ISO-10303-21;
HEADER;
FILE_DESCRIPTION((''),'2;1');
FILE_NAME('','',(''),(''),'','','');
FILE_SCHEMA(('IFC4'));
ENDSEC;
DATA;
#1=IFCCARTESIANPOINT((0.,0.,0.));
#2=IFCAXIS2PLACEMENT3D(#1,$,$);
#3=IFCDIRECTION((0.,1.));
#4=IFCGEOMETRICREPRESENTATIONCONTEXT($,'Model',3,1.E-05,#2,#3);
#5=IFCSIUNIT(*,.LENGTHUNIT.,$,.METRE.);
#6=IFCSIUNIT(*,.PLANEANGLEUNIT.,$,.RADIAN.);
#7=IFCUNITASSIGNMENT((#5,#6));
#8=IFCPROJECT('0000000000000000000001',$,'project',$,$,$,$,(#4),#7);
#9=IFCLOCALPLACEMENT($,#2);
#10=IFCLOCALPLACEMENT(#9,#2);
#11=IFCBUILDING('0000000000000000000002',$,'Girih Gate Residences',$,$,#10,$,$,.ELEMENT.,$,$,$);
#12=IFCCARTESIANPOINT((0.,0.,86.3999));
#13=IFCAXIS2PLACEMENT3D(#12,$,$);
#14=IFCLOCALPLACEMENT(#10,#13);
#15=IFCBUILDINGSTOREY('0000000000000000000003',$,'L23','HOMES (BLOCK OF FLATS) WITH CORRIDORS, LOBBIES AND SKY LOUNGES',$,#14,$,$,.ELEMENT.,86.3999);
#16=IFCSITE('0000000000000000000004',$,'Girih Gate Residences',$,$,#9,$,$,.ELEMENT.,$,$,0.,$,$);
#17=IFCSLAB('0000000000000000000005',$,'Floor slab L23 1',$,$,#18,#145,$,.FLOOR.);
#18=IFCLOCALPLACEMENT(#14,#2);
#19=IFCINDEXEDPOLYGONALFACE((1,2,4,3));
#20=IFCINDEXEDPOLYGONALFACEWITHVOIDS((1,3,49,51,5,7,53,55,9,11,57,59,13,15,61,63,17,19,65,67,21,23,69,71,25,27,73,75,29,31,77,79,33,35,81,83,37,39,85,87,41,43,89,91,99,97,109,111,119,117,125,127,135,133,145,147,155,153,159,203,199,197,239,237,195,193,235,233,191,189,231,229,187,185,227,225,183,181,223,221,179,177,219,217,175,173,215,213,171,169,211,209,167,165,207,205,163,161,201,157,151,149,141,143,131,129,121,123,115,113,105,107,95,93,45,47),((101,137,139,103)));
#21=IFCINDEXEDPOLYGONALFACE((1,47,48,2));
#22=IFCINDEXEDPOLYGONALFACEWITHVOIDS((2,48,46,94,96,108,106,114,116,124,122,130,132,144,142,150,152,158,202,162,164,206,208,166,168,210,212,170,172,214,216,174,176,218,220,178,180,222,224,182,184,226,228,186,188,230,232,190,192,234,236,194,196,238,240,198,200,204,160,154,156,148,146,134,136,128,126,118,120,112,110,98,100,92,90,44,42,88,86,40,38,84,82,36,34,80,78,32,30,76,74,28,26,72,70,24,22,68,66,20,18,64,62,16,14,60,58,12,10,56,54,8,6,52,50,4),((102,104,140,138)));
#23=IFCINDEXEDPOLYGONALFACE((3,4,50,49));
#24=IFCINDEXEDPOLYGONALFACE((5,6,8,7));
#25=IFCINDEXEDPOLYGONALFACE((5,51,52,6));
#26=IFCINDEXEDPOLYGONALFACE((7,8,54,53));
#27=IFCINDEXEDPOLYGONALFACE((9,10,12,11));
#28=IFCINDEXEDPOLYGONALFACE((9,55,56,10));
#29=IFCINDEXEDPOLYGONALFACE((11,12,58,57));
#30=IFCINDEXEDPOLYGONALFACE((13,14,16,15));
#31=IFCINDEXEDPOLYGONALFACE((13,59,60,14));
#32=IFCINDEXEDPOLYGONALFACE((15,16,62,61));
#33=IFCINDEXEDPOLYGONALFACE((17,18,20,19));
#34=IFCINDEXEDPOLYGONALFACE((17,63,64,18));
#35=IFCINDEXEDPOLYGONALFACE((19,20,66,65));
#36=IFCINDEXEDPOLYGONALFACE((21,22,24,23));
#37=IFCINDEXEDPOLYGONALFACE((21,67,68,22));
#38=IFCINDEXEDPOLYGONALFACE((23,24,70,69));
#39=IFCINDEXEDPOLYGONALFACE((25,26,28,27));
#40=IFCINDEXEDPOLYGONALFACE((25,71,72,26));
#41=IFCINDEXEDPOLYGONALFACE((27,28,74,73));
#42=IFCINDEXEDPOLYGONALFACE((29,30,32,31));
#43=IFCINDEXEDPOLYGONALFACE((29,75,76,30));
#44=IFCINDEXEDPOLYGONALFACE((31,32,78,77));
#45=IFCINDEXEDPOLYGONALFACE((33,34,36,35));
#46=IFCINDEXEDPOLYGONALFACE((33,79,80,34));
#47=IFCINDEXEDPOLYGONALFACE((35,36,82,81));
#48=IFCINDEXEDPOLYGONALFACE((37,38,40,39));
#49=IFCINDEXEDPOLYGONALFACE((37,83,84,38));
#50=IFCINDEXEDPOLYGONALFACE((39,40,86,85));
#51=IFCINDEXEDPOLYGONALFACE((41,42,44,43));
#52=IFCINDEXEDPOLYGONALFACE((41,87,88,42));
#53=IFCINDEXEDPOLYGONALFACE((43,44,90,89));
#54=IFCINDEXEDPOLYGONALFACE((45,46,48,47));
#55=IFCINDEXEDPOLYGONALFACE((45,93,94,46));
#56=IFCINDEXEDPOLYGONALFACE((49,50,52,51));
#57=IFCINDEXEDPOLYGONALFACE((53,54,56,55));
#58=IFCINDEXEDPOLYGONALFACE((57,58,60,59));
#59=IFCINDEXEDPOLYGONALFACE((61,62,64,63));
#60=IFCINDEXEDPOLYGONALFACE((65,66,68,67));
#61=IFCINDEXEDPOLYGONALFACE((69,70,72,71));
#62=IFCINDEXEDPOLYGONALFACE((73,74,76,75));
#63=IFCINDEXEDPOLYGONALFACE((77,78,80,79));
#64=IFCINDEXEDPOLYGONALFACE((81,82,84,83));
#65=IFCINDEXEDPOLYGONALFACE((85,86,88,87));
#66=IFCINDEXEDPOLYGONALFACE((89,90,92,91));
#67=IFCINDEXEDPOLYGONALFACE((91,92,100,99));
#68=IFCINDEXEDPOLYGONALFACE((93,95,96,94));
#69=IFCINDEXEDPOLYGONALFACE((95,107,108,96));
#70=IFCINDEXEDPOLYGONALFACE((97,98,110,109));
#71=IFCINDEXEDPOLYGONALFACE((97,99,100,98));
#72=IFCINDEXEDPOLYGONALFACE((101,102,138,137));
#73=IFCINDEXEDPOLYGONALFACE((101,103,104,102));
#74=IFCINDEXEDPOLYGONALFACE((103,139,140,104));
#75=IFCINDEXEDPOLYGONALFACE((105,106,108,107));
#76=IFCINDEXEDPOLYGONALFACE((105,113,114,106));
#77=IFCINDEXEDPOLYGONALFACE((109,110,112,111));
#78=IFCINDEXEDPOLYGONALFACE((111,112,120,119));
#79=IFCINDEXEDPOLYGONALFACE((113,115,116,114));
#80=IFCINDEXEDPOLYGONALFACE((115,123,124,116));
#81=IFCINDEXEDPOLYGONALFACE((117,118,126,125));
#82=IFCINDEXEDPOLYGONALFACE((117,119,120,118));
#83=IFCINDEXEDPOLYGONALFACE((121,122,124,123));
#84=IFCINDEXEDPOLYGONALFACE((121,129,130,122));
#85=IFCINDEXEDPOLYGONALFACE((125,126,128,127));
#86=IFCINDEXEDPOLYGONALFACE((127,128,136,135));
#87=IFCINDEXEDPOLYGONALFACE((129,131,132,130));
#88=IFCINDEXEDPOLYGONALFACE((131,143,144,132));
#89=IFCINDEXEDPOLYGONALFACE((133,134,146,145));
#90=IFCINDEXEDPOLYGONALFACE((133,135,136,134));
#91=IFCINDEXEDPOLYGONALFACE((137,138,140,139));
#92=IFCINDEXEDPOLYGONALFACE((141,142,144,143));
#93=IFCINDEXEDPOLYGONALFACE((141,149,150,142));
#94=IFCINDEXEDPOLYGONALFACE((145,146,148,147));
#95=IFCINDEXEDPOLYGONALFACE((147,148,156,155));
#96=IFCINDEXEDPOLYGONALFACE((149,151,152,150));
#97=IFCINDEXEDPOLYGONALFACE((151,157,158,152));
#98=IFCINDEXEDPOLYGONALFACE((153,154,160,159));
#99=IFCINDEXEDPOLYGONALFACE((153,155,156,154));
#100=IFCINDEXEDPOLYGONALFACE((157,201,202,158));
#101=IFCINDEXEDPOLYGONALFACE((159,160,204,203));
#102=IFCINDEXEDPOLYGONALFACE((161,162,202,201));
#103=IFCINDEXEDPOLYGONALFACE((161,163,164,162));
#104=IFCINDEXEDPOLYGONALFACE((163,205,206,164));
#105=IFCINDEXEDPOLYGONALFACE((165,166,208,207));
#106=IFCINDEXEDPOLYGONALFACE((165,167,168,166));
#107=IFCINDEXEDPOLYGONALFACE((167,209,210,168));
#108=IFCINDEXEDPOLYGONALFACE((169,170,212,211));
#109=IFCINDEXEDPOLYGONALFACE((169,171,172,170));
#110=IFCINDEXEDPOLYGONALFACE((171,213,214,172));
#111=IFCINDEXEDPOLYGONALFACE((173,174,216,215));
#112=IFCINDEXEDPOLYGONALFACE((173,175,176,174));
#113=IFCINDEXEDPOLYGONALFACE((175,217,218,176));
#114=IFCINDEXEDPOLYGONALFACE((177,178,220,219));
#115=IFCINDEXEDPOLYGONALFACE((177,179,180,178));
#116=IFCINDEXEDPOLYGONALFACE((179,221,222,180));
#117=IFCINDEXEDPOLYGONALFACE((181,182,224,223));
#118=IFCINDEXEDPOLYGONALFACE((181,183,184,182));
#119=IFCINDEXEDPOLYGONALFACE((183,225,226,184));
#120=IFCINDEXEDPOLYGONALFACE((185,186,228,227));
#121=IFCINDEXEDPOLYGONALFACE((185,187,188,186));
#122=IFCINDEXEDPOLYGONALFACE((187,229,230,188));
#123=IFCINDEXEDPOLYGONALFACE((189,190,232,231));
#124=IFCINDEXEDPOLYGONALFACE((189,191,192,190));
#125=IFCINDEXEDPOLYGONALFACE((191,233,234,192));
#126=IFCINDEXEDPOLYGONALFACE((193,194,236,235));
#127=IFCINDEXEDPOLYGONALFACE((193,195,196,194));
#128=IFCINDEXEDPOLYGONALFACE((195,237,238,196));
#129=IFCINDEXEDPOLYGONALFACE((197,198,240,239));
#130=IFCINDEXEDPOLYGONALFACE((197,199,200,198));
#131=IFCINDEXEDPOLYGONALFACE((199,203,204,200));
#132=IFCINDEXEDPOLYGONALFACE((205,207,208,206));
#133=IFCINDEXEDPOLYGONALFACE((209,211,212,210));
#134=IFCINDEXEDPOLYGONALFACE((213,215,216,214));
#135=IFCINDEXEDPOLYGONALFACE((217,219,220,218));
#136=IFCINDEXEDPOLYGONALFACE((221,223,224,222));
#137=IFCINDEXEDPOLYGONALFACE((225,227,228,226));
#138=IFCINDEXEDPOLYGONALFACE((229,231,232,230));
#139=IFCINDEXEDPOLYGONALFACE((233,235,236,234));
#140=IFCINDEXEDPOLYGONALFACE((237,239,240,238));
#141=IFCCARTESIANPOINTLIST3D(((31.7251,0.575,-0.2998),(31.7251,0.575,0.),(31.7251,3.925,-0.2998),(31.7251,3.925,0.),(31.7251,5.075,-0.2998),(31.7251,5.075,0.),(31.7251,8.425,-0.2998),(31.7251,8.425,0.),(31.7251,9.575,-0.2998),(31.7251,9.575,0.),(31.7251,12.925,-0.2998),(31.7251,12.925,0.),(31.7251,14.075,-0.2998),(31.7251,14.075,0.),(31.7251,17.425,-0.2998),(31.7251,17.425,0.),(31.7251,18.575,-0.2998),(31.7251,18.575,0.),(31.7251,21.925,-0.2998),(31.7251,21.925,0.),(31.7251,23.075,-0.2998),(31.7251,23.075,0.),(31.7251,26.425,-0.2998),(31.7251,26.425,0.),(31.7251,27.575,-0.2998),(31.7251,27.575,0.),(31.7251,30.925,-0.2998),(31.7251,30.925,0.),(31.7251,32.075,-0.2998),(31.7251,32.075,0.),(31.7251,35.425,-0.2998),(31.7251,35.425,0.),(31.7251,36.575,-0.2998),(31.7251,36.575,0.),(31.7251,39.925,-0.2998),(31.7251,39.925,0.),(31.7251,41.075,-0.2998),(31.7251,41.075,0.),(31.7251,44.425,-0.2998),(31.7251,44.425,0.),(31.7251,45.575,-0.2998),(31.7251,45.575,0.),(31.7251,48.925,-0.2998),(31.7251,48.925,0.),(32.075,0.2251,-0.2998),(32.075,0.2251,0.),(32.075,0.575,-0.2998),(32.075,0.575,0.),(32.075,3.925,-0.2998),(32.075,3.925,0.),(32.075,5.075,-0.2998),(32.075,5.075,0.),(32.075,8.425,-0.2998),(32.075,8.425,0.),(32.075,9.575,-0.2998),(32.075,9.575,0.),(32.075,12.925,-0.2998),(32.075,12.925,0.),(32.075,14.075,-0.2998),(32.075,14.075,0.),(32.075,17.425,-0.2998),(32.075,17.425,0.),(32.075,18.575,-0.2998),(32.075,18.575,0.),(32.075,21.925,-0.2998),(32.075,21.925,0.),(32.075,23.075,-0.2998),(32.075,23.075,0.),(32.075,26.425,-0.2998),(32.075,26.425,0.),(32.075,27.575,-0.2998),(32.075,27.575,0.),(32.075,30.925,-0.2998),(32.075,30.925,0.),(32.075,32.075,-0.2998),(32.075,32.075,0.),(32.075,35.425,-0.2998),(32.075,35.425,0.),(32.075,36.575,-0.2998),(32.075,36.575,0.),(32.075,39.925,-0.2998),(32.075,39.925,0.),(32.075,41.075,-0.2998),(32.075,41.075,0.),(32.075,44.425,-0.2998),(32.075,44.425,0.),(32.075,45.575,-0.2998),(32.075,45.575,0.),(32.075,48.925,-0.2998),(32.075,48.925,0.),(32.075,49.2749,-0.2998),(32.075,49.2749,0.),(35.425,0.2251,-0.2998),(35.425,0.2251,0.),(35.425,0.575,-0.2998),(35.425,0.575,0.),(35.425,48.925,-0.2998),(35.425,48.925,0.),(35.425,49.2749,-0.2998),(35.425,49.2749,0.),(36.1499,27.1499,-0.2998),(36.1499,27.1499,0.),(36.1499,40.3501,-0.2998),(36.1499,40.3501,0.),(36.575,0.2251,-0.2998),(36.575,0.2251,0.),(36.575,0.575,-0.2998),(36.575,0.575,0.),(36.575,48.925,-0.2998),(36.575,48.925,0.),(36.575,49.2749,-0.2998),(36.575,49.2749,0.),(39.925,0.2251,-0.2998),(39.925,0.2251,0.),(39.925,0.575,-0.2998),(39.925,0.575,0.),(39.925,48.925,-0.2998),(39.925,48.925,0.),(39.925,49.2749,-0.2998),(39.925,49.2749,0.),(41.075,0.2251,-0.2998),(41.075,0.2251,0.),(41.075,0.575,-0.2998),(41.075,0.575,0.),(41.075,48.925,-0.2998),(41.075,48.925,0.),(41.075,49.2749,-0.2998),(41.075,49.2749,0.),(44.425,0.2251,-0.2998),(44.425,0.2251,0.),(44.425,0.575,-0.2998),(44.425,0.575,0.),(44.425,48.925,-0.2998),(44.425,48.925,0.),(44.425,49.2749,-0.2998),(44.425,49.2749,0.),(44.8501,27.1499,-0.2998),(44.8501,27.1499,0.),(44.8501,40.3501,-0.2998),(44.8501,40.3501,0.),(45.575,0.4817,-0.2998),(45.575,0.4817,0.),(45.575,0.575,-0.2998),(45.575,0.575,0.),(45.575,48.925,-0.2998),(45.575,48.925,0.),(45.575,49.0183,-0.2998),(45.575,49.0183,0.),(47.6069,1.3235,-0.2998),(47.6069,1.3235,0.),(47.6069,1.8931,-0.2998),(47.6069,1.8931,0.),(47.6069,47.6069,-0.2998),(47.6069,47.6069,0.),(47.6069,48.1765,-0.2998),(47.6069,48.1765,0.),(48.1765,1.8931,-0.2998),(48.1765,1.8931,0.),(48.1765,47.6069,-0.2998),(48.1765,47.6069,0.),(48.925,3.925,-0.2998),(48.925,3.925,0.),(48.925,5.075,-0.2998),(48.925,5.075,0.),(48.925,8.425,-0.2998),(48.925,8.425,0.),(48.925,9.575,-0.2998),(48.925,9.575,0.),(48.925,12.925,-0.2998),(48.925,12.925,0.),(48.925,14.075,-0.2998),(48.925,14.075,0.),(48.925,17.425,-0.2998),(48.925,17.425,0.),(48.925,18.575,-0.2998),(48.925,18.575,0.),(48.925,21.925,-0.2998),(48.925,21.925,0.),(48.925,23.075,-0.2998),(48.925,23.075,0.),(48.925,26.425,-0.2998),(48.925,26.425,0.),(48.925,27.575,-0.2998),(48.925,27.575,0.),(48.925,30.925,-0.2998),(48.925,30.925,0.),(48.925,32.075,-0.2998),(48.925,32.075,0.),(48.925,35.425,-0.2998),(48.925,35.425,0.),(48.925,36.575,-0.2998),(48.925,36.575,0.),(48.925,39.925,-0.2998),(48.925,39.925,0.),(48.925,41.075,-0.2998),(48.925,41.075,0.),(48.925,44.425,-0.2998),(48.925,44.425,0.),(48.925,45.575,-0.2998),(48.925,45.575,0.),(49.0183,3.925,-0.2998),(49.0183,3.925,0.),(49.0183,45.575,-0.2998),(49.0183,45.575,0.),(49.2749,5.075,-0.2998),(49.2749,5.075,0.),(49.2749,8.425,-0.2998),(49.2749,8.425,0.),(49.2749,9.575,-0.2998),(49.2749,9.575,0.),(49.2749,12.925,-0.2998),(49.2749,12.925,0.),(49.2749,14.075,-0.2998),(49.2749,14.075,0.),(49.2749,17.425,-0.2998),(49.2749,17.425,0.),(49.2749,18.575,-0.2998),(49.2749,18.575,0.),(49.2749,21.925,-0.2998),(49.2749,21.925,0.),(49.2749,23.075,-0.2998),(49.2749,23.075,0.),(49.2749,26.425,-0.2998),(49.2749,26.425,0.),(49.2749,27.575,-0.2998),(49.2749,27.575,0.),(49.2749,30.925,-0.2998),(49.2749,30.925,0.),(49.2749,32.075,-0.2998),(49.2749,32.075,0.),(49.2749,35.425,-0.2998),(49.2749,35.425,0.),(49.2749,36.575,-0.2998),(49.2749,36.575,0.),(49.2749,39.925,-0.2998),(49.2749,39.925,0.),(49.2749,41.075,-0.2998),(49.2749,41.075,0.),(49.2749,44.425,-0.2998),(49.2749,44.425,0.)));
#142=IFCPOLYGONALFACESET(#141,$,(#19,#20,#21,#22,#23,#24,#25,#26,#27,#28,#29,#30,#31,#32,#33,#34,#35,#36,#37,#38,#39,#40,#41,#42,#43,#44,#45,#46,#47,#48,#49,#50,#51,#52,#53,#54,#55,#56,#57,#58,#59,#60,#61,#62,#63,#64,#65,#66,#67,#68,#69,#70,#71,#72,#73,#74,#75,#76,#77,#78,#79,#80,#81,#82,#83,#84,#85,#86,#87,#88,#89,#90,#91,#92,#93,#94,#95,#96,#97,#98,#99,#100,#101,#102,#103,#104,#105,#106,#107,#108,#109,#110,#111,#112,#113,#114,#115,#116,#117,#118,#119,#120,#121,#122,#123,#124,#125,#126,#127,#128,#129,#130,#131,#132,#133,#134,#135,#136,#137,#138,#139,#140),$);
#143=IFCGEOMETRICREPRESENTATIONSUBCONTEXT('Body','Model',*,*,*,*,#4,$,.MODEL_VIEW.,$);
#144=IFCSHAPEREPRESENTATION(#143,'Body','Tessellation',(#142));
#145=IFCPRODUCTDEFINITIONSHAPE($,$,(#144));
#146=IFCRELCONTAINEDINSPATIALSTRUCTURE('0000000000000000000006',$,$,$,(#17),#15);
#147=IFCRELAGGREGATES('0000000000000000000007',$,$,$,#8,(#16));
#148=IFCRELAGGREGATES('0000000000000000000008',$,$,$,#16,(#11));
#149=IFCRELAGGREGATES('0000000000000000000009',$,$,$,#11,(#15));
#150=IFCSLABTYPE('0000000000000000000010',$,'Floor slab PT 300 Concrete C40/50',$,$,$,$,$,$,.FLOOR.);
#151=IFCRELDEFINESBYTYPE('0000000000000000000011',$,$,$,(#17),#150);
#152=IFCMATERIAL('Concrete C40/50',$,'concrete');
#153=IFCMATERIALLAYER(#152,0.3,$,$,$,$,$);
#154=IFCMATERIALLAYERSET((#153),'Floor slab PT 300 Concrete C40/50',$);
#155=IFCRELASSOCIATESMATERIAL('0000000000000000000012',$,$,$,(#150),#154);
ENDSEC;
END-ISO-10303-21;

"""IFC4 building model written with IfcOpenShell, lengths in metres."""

from ifc_helpers import new_model, si_unit, direction, frame, origin, place, context, subcontext, project, spatial, polyline, outline, extrude, material, layer, layer_set, type_object, element, save


model = new_model("IFC4")

# Units and contexts
model_context = context("Model", 3, precision=1e-05, world=origin(), true_north=direction((0.0, 1.0)))
body_context = subcontext(model_context, "Body", "Model", "MODEL_VIEW")
ifc_project = project(units=[si_unit("LENGTHUNIT", "METRE"), si_unit("PLANEANGLEUNIT", "RADIAN")], contexts=[model_context])

# Site, building, storey
site_placement = place(None, origin())
site = spatial("IfcSite", under=ifc_project, at=site_placement, Name="Girih Gate Residences", CompositionType="ELEMENT", RefElevation=0.0)
building_placement = place(site_placement, origin())
building = spatial("IfcBuilding", under=site, at=building_placement, Name="Girih Gate Residences", CompositionType="ELEMENT")
storey_placement = place(building_placement, frame((0.0, 0.0, 86.3999)))
storey = spatial("IfcBuildingStorey", under=building, at=storey_placement, Name="L23", Description="HOMES (BLOCK OF FLATS) WITH CORRIDORS, LOBBIES AND SKY LOUNGES", CompositionType="ELEMENT", Elevation=86.3999)

# Slab
ifc_material_1 = material(Name="Concrete C40/50", Category="concrete")
ifc_layer_1 = layer(ifc_material_1, 0.3)
ifc_layer_set_1 = layer_set([ifc_layer_1], Name="Floor slab PT 300 Concrete C40/50")
slab_type_1 = type_object("IfcSlabType", Name="Floor slab PT 300 Concrete C40/50", PredefinedType="FLOOR", material=ifc_layer_set_1)
slab_1_placement = place(storey_placement, frame((0.0, 0.0, -0.2998)))
element("IfcSlab", 1, at=slab_1_placement, inside=storey, type_object=slab_type_1, Name="Floor slab L23 1", PredefinedType="FLOOR", context=body_context, shape_type="SweptSolid", body=[
    extrude(outline(polyline([(35.425, 49.2749), (32.075, 49.2749), (32.075, 48.925), (31.7251, 48.925), (31.7251, 45.575), (32.075, 45.575), (32.075, 44.425), (31.7251, 44.425), (31.7251, 41.075), (32.075, 41.075), (32.075, 39.925), (31.7251, 39.925), (31.7251, 36.575), (32.075, 36.575), (32.075, 35.425), (31.7251, 35.425), (31.7251, 32.075), (32.075, 32.075), (32.075, 30.925), (31.7251, 30.925), (31.7251, 27.575), (32.075, 27.575), (32.075, 26.425), (31.7251, 26.425), (31.7251, 23.075), (32.075, 23.075), (32.075, 21.925), (31.7251, 21.925), (31.7251, 18.575), (32.075, 18.575), (32.075, 17.425), (31.7251, 17.425), (31.7251, 14.075), (32.075, 14.075), (32.075, 12.925), (31.7251, 12.925), (31.7251, 9.575), (32.075, 9.575), (32.075, 8.425), (31.7251, 8.425), (31.7251, 5.075), (32.075, 5.075), (32.075, 3.925), (31.7251, 3.925), (31.7251, 0.575), (32.075, 0.575), (32.075, 0.2251), (35.425, 0.2251), (35.425, 0.575), (36.575, 0.575), (36.575, 0.2251), (39.925, 0.2251), (39.925, 0.575), (41.075, 0.575), (41.075, 0.2251), (44.425, 0.2251), (44.425, 0.575), (45.575, 0.575), (45.575, 0.4817), (47.6069, 1.3235), (47.6069, 1.8931), (48.1765, 1.8931), (49.0183, 3.925), (48.925, 3.925), (48.925, 5.075), (49.2749, 5.075), (49.2749, 8.425), (48.925, 8.425), (48.925, 9.575), (49.2749, 9.575), (49.2749, 12.925), (48.925, 12.925), (48.925, 14.075), (49.2749, 14.075), (49.2749, 17.425), (48.925, 17.425), (48.925, 18.575), (49.2749, 18.575), (49.2749, 21.925), (48.925, 21.925), (48.925, 23.075), (49.2749, 23.075), (49.2749, 26.425), (48.925, 26.425), (48.925, 27.575), (49.2749, 27.575), (49.2749, 30.925), (48.925, 30.925), (48.925, 32.075), (49.2749, 32.075), (49.2749, 35.425), (48.925, 35.425), (48.925, 36.575), (49.2749, 36.575), (49.2749, 39.925), (48.925, 39.925), (48.925, 41.075), (49.2749, 41.075), (49.2749, 44.425), (48.925, 44.425), (48.925, 45.575), (49.0183, 45.575), (48.1765, 47.6069), (47.6069, 47.6069), (47.6069, 48.1765), (45.575, 49.0183), (45.575, 48.925), (44.425, 48.925), (44.425, 49.2749), (41.075, 49.2749), (41.075, 48.925), (39.925, 48.925), (39.925, 49.2749), (36.575, 49.2749), (36.575, 48.925), (35.425, 48.925), (35.425, 49.2749)]), holes=[polyline([(44.8501, 40.3501), (44.8501, 27.1499), (36.1499, 27.1499), (36.1499, 40.3501), (44.8501, 40.3501)])]), origin(), (0.0, 0.0, 1.0), 0.2998),
])

save(model, "model.ifc")
